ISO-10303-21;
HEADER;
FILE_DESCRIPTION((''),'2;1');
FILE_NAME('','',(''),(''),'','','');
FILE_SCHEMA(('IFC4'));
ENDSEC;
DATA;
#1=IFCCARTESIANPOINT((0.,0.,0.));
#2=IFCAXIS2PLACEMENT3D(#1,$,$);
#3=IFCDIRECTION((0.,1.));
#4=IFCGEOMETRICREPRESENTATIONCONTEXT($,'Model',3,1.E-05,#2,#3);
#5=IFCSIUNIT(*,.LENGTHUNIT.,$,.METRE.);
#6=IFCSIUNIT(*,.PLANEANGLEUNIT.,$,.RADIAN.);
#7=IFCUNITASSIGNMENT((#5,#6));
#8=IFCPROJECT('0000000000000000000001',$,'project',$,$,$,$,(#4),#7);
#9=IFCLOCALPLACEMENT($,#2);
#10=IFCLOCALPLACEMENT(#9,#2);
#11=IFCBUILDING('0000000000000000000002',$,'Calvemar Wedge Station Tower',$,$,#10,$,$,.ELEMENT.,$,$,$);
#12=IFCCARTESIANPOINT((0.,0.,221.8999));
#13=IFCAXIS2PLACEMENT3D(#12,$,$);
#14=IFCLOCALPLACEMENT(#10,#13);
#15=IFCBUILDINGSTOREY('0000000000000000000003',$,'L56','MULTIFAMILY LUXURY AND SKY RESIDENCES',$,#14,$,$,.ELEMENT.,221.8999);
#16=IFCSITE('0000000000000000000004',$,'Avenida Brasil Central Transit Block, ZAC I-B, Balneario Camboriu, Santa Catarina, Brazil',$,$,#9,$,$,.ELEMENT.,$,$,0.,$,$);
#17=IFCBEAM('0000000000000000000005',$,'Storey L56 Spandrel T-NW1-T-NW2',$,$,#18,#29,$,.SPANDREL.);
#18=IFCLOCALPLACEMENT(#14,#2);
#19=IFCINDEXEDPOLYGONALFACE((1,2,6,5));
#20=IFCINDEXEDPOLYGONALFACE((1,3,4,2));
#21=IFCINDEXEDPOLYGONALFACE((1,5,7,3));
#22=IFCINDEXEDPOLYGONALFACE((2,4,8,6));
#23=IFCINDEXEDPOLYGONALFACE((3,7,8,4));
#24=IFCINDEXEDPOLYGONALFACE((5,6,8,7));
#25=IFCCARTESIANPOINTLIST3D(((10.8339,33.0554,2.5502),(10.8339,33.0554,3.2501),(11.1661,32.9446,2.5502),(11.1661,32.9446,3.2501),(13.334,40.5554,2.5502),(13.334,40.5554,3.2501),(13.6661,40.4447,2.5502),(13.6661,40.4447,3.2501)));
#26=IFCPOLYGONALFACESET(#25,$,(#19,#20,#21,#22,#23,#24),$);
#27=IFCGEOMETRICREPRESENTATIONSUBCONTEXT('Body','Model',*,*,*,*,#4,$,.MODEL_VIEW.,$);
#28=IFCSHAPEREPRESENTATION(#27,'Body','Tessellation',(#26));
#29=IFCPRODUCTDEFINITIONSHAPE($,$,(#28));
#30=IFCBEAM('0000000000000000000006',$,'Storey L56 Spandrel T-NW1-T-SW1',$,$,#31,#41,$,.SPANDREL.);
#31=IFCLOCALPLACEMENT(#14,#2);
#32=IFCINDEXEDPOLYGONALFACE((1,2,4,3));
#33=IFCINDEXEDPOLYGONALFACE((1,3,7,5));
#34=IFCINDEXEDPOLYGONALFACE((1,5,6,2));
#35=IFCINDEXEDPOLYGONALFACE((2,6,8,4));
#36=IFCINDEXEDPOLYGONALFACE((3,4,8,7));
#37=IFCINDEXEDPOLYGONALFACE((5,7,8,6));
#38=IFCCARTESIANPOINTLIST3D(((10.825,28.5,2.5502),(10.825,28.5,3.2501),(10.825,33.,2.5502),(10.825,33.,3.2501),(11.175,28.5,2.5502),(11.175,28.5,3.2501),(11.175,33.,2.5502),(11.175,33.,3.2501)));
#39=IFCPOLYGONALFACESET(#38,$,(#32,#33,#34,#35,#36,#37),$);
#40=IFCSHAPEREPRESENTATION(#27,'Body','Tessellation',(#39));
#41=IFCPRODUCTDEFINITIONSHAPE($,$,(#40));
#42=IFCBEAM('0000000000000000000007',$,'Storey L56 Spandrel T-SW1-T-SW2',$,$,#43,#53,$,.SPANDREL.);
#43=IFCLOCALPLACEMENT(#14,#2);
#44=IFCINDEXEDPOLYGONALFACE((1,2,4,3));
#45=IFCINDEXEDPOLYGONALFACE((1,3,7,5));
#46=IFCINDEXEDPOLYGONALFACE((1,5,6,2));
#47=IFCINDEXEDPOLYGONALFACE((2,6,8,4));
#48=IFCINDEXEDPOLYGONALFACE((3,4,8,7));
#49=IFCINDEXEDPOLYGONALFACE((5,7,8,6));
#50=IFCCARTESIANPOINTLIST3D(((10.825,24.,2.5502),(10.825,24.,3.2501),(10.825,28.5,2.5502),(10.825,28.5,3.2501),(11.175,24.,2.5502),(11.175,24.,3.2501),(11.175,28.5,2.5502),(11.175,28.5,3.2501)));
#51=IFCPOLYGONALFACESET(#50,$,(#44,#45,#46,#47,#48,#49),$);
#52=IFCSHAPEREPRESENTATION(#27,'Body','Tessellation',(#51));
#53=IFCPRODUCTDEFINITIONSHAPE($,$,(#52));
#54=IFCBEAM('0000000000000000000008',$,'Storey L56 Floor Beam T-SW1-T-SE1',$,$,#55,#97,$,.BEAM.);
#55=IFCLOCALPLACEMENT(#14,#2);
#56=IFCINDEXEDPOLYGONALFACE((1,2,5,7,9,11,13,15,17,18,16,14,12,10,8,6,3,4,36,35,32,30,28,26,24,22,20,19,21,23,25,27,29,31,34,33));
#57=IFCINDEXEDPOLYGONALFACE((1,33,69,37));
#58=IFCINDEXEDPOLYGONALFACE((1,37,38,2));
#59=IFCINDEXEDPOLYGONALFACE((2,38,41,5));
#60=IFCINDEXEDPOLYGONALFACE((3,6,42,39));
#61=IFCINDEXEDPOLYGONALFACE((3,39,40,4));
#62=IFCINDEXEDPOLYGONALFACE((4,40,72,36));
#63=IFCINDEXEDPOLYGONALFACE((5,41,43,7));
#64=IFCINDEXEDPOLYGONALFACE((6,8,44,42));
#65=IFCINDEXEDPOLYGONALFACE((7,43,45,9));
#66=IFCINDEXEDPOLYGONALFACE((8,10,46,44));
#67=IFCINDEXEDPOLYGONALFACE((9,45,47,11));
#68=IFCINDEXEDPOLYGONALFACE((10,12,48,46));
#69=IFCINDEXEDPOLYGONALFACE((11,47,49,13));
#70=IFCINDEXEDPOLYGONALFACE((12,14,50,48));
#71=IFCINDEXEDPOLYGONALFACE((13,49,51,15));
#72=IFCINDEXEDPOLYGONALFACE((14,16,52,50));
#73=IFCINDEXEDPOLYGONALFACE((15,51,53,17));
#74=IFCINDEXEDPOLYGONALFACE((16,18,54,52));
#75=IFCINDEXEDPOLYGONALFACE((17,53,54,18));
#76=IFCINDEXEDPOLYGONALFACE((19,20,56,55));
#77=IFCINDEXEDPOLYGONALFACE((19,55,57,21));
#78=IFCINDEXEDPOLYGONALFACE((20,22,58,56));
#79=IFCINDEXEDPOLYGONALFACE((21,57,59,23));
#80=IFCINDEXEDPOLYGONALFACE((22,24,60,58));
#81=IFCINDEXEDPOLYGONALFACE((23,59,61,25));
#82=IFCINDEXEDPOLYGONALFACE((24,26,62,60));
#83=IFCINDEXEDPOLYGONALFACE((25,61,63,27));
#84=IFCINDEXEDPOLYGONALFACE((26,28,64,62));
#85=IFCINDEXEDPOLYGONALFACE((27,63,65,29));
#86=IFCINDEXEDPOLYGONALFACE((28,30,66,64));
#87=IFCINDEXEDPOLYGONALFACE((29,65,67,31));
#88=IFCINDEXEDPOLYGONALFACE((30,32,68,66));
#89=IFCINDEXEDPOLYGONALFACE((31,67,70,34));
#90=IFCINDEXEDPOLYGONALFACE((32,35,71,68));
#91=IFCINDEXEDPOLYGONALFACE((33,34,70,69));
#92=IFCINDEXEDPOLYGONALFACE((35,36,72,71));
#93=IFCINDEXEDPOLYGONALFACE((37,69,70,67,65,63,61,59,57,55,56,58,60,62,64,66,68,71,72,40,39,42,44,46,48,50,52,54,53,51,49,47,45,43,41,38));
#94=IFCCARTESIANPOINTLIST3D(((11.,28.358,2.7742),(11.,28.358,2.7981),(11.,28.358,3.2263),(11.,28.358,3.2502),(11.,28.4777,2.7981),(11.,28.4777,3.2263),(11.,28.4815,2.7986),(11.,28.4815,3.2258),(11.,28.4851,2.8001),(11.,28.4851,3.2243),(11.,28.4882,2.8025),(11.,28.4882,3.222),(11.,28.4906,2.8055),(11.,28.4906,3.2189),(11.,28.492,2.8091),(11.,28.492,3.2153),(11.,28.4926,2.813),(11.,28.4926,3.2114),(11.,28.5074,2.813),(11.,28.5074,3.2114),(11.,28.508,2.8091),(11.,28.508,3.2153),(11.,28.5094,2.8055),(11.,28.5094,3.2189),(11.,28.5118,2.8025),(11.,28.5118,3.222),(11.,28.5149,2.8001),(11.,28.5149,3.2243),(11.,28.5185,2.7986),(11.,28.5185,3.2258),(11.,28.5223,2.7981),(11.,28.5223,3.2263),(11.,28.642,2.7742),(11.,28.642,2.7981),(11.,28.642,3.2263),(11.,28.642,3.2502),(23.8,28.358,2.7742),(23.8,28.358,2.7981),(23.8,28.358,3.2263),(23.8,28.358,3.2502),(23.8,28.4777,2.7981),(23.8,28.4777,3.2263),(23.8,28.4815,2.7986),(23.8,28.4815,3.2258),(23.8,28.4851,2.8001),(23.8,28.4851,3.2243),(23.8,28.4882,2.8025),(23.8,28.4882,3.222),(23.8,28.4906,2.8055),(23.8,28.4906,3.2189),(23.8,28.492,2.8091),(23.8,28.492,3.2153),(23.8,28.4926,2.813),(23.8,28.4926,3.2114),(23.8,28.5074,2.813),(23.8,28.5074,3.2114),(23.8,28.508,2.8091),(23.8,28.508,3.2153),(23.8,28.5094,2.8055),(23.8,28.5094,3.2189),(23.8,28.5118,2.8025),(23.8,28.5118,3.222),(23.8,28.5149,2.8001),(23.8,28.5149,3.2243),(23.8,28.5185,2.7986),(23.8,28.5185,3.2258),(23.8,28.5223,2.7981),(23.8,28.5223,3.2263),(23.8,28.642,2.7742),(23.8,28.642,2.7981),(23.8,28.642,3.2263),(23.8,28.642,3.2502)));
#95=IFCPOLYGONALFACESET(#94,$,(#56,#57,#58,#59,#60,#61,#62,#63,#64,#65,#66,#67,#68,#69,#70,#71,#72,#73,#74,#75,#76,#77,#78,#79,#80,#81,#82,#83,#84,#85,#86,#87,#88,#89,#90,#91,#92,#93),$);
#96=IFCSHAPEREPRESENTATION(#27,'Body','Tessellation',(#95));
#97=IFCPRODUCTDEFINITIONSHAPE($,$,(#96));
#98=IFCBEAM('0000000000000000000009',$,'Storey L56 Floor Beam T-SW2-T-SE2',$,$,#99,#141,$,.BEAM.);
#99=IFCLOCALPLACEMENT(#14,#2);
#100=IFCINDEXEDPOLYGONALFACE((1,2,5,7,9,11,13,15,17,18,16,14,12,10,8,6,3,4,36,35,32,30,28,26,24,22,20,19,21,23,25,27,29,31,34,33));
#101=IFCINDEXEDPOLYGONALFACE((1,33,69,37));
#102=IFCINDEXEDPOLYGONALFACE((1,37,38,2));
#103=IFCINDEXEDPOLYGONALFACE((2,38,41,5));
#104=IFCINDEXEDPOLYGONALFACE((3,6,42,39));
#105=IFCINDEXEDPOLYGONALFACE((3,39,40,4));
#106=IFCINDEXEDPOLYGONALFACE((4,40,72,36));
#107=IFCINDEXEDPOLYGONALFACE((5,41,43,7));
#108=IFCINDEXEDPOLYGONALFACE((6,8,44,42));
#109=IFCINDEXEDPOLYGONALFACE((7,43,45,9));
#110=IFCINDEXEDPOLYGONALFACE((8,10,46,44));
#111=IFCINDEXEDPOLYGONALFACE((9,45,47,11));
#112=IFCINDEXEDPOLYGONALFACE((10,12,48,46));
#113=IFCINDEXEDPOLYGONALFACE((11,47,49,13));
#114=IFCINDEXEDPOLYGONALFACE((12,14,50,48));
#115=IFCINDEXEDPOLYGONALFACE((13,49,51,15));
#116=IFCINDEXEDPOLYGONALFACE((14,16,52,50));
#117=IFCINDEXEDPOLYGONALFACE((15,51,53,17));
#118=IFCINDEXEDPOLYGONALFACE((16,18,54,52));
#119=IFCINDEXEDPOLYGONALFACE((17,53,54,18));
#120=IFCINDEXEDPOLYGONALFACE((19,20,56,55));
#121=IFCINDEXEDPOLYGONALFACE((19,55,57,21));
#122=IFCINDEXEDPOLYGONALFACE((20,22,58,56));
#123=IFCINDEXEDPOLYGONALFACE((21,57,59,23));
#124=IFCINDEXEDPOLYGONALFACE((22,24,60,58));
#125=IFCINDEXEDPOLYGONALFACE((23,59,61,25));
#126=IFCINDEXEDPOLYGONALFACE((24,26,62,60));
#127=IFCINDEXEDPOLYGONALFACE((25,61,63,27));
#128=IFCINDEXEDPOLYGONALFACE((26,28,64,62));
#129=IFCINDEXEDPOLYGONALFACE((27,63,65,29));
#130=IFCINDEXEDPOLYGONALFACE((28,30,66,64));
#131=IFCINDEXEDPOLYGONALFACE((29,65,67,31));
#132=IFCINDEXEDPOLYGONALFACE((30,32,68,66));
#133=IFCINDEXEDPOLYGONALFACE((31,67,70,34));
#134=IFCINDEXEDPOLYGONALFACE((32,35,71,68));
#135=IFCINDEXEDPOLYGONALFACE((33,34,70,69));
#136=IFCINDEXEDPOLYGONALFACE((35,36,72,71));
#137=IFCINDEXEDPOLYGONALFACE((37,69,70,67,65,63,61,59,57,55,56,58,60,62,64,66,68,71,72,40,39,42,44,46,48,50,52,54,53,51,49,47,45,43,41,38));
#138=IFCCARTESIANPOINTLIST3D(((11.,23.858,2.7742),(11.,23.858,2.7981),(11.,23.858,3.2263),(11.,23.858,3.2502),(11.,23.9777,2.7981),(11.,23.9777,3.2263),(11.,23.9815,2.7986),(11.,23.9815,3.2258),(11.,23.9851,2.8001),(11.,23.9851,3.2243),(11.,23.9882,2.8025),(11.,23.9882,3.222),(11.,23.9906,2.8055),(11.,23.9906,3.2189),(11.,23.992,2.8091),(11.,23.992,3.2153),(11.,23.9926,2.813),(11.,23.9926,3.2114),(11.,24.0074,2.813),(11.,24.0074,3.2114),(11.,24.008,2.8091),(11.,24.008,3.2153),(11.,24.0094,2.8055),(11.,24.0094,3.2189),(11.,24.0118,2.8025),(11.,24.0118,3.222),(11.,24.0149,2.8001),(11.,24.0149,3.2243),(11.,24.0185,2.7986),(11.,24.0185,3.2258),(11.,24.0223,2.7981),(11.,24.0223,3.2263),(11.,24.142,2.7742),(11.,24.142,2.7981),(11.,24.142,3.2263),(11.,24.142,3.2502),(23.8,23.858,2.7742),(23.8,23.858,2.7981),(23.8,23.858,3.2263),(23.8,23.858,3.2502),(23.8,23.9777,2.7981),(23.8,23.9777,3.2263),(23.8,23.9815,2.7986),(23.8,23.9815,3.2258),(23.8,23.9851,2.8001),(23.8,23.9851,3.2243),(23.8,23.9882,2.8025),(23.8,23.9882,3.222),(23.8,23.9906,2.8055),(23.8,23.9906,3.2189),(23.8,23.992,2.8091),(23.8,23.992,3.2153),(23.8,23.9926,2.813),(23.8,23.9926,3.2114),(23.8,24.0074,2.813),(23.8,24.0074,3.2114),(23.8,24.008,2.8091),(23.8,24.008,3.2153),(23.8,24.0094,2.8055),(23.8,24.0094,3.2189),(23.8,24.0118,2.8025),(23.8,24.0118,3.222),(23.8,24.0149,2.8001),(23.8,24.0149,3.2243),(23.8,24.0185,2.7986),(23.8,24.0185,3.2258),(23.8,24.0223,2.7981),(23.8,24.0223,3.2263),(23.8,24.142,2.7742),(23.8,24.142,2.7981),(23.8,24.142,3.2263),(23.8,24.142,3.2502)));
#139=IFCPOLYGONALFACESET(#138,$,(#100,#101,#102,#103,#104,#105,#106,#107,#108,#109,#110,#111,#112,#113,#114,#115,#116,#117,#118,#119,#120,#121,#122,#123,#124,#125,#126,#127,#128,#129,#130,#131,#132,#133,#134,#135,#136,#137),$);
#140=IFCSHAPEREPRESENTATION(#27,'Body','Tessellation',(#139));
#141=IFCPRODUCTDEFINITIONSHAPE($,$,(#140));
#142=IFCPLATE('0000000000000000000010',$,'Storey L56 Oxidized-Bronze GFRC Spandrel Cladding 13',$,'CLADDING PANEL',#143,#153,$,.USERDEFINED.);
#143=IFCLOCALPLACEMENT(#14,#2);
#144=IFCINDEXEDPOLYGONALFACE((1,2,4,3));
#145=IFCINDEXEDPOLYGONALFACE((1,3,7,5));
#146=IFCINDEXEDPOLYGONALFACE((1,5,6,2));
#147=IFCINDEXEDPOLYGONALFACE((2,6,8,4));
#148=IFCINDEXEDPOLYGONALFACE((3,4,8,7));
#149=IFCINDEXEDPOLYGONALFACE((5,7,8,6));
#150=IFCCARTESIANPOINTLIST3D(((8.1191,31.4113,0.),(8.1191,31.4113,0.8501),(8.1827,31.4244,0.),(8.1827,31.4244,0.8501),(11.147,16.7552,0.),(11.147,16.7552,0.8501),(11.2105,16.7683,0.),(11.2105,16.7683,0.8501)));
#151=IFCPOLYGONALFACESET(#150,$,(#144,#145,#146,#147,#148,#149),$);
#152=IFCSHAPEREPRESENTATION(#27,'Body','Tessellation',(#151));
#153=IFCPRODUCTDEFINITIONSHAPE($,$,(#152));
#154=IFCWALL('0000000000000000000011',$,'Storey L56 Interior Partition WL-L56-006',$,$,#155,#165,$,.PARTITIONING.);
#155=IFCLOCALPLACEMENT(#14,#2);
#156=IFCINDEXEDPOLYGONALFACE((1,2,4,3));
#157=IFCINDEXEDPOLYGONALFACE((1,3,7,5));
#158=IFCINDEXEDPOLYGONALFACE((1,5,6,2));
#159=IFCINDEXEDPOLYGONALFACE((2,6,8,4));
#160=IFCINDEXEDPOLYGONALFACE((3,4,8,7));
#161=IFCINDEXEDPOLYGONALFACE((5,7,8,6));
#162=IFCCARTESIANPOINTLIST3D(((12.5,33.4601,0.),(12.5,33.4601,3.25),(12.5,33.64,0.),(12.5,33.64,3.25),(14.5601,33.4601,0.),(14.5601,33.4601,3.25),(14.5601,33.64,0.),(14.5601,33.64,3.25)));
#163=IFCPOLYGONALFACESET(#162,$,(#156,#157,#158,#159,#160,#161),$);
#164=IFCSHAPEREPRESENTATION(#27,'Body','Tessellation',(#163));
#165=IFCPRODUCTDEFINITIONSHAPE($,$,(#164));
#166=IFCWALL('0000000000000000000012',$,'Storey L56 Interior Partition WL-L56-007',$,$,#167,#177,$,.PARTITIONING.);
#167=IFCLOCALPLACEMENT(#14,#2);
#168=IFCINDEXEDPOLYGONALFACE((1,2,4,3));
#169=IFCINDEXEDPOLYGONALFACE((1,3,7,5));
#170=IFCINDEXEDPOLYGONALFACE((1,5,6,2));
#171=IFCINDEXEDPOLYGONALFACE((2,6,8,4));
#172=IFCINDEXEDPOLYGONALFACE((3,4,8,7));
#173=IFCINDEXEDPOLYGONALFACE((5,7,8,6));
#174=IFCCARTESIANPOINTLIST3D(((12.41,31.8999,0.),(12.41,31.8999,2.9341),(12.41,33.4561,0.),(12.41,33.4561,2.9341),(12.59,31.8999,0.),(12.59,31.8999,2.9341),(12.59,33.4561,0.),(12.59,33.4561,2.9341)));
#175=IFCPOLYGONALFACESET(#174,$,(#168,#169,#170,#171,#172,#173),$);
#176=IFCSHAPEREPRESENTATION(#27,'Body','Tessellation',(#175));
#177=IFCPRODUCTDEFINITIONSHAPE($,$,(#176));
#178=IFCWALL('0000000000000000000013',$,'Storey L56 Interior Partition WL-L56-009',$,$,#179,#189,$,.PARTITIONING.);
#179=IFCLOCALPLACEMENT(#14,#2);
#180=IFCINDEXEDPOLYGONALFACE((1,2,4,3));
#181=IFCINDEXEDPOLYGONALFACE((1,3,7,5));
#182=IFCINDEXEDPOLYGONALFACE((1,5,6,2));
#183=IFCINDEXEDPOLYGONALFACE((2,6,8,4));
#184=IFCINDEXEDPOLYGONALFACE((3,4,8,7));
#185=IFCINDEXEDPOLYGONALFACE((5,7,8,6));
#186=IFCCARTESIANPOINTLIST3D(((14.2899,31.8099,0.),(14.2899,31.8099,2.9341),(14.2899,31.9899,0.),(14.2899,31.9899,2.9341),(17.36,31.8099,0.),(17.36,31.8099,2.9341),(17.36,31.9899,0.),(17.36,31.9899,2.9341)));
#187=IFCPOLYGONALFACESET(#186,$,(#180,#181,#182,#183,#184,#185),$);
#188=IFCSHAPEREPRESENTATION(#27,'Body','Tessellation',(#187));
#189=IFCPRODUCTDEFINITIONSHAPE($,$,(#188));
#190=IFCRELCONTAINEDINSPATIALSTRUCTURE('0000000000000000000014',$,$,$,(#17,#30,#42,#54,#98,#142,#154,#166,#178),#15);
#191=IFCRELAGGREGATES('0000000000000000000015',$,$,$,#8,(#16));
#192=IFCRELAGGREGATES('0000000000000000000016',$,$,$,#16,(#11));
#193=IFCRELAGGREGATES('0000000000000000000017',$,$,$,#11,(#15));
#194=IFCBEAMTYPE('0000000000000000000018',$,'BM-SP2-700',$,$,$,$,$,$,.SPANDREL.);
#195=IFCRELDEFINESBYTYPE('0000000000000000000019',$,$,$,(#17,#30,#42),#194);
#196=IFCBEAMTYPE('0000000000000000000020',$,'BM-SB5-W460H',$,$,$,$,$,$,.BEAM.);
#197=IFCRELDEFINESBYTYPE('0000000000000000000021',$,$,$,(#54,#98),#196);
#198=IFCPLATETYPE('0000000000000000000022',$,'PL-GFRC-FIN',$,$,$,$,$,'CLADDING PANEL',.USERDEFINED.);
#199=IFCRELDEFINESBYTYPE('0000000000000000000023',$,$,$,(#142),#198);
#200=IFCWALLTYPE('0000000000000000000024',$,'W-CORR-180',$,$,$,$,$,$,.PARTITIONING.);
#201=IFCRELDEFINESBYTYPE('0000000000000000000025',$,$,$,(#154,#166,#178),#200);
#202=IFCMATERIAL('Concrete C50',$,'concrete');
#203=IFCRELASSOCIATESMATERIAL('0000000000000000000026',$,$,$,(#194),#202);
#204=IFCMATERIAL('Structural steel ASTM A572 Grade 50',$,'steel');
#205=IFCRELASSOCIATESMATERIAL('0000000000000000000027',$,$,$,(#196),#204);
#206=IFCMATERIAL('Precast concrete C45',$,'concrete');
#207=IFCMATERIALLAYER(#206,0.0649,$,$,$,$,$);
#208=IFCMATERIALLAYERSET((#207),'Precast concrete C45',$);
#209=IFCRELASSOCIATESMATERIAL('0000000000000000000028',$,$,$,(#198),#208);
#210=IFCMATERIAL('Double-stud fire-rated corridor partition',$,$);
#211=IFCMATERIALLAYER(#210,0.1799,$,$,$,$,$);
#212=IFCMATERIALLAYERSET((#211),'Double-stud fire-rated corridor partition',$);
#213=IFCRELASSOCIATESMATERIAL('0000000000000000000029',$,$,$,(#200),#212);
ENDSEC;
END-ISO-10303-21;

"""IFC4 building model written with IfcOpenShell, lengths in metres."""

from ifc_helpers import new_model, si_unit, direction, frame, frame_2d, origin, origin_2d, place, context, subcontext, project, spatial, rectangle, i_section, extrude, source, transform, mapped, material, layer, layer_set, material_profile, profile_set, type_object, element, save


model = new_model("IFC4")

# Units and contexts
model_context = context("Model", 3, precision=1e-05, world=origin(), true_north=direction((0.0, 1.0)))
body_context = subcontext(model_context, "Body", "Model", "MODEL_VIEW")
ifc_project = project(units=[si_unit("LENGTHUNIT", "METRE"), si_unit("PLANEANGLEUNIT", "RADIAN")], contexts=[model_context])

# Site, building, storey
site_placement = place(None, origin())
site = spatial("IfcSite", under=ifc_project, at=site_placement, Name="Avenida Brasil Central Transit Block, ZAC I-B, Balneario Camboriu, Santa Catarina, Brazil", CompositionType="ELEMENT", RefElevation=0.0)
building_placement = place(site_placement, origin())
building = spatial("IfcBuilding", under=site, at=building_placement, Name="Calvemar Wedge Station Tower", CompositionType="ELEMENT")
storey_placement = place(building_placement, frame((0.0, 0.0, 221.8999)))
storey = spatial("IfcBuildingStorey", under=building, at=storey_placement, Name="L56", Description="MULTIFAMILY LUXURY AND SKY RESIDENCES", CompositionType="ELEMENT", Elevation=221.8999)

# Shared definitions
ifc_material_1 = material(Name="Concrete C50", Category="concrete")

# Beams
ifc_material_2 = material(Name="Structural steel ASTM A572 Grade 50", Category="steel")
ifc_material_profile_1 = material_profile(ifc_material_1, rectangle(XDim=0.3501, YDim=0.7, at=origin_2d()), Name="RC350x700")
ifc_profile_set_1 = profile_set([ifc_material_profile_1], Name="Concrete C50")
beam_type_1 = type_object("IfcBeamType", Name="BM-SP2-700", PredefinedType="SPANDREL", material=ifc_profile_set_1)
shared_shape_1 = source(origin(), body_context, "Body", "SweptSolid", [
    extrude(rectangle(XDim=0.3501, YDim=0.7, at=origin_2d()), origin(), (0.0, 0.0, 1.0), 7.9058),
])
beam_1_placement = place(storey_placement, frame((11.0, 33.0, 2.9001), z_axis=(0.316228, 0.948683, 0.0), x_axis=(-0.948683, 0.316228, 0.0)))
element("IfcBeam", 1, at=beam_1_placement, inside=storey, type_object=beam_type_1, Name="Storey L56 Spandrel T-NW1-T-NW2", PredefinedType="SPANDREL", context=body_context, shape_type="MappedRepresentation", body=[
    mapped(shared_shape_1, transform((0.0, 0.0, 0.0), scale=1.0)),
])
shared_shape_2 = source(origin(), body_context, "Body", "SweptSolid", [
    extrude(rectangle(XDim=0.3501, YDim=0.7, at=origin_2d()), origin(), (0.0, 0.0, 1.0), 4.5),
])
for number, where, z_axis, x_axis, name in (
    (2, (11.0, 33.0, 2.9001), (0.0, -1.0, 0.0), (1.0, 0.0, 0.0), "Storey L56 Spandrel T-NW1-T-SW1"),
    (3, (11.0, 28.5, 2.9001), (0.0, -1.0, 0.0), (1.0, 0.0, 0.0), "Storey L56 Spandrel T-SW1-T-SW2"),
):
    element("IfcBeam", number, at=place(storey_placement, frame(where, z_axis=z_axis, x_axis=x_axis)), inside=storey, type_object=beam_type_1, Name=name, PredefinedType="SPANDREL", context=body_context, shape_type="MappedRepresentation", body=[
        mapped(shared_shape_2, transform((0.0, 0.0, 0.0), scale=1.0)),
    ])
ifc_material_profile_2 = material_profile(ifc_material_2, i_section(OverallWidth=0.2839, OverallDepth=0.4761, WebThickness=0.0149, FlangeThickness=0.0239, FilletRadius=0.0149, at=origin_2d()), Name="W460x158")
ifc_profile_set_2 = profile_set([ifc_material_profile_2], Name="Structural steel ASTM A572 Grade 50")
beam_type_2 = type_object("IfcBeamType", Name="BM-SB5-W460H", PredefinedType="BEAM", material=ifc_profile_set_2)
shared_shape_3 = source(origin(), body_context, "Body", "SweptSolid", [
    extrude(i_section(OverallWidth=0.2839, OverallDepth=0.4761, WebThickness=0.0149, FlangeThickness=0.0239, FilletRadius=0.0149, at=origin_2d()), origin(), (0.0, 0.0, 1.0), 12.8),
])
for number, where, z_axis, x_axis, name in (
    (4, (11.0, 28.5, 3.0122), (1.0, 0.0, 0.0), (0.0, 1.0, 0.0), "Storey L56 Floor Beam T-SW1-T-SE1"),
    (5, (11.0, 24.0, 3.0122), (1.0, 0.0, 0.0), (0.0, 1.0, 0.0), "Storey L56 Floor Beam T-SW2-T-SE2"),
):
    element("IfcBeam", number, at=place(storey_placement, frame(where, z_axis=z_axis, x_axis=x_axis)), inside=storey, type_object=beam_type_2, Name=name, PredefinedType="BEAM", context=body_context, shape_type="MappedRepresentation", body=[
        mapped(shared_shape_3, transform((0.0, 0.0, 0.0), scale=1.0)),
    ])

# Plate
ifc_material_3 = material(Name="Precast concrete C45", Category="concrete")
ifc_layer_1 = layer(ifc_material_3, 0.0649)
ifc_layer_set_1 = layer_set([ifc_layer_1], Name="Precast concrete C45")
plate_type = type_object("IfcPlateType", Name="PL-GFRC-FIN", ElementType="CLADDING PANEL", PredefinedType="USERDEFINED", material=ifc_layer_set_1)
plate_placement = place(storey_placement, frame((8.1509, 31.418, 0.0), z_axis=(0.0, 0.0, 1.0), x_axis=(0.202321, -0.979319, 0.0)))
element("IfcPlate", 6, at=plate_placement, inside=storey, type_object=plate_type, Name="Storey L56 Oxidized-Bronze GFRC Spandrel Cladding 13", ObjectType="CLADDING PANEL", PredefinedType="USERDEFINED", context=body_context, shape_type="SweptSolid", body=[
    extrude(rectangle(XDim=14.9656, YDim=0.0649, at=frame_2d((7.4829, 0.0))), origin(), (0.0, 0.0, 1.0), 0.8501),
])

# Walls
ifc_material_4 = material(Name="Double-stud fire-rated corridor partition")
ifc_layer_2 = layer(ifc_material_4, 0.1799)
ifc_layer_set_2 = layer_set([ifc_layer_2], Name="Double-stud fire-rated corridor partition")
wall_type_1 = type_object("IfcWallType", Name="W-CORR-180", PredefinedType="PARTITIONING", material=ifc_layer_set_2)
wall_1_placement = place(storey_placement, frame((12.5, 33.55, 0.0), z_axis=(0.0, 0.0, 1.0), x_axis=(1.0, 0.0, 0.0)))
element("IfcWall", 7, at=wall_1_placement, inside=storey, type_object=wall_type_1, Name="Storey L56 Interior Partition WL-L56-006", PredefinedType="PARTITIONING", context=body_context, shape_type="SweptSolid", body=[
    extrude(rectangle(XDim=2.0601, YDim=0.1799, at=frame_2d((1.03, 0.0))), origin(), (0.0, 0.0, 1.0), 3.25),
])
wall_2_placement = place(storey_placement, frame((12.5, 31.8999, 0.0), z_axis=(0.0, 0.0, 1.0), x_axis=(0.0, 1.0, 0.0)))
element("IfcWall", 8, at=wall_2_placement, inside=storey, type_object=wall_type_1, Name="Storey L56 Interior Partition WL-L56-007", PredefinedType="PARTITIONING", context=body_context, shape_type="SweptSolid", body=[
    extrude(rectangle(XDim=1.5562, YDim=0.1799, at=frame_2d((0.7781, 0.0))), origin(), (0.0, 0.0, 1.0), 2.9341),
])
wall_3_placement = place(storey_placement, frame((17.3601, 31.8999, 0.0), z_axis=(0.0, 0.0, 1.0), x_axis=(-1.0, 0.0, 0.0)))
element("IfcWall", 9, at=wall_3_placement, inside=storey, type_object=wall_type_1, Name="Storey L56 Interior Partition WL-L56-009", PredefinedType="PARTITIONING", context=body_context, shape_type="SweptSolid", body=[
    extrude(rectangle(XDim=3.0701, YDim=0.1799, at=frame_2d((1.5352, 0.0))), origin(), (0.0, 0.0, 1.0), 2.9341),
])

save(model, "model.ifc")
